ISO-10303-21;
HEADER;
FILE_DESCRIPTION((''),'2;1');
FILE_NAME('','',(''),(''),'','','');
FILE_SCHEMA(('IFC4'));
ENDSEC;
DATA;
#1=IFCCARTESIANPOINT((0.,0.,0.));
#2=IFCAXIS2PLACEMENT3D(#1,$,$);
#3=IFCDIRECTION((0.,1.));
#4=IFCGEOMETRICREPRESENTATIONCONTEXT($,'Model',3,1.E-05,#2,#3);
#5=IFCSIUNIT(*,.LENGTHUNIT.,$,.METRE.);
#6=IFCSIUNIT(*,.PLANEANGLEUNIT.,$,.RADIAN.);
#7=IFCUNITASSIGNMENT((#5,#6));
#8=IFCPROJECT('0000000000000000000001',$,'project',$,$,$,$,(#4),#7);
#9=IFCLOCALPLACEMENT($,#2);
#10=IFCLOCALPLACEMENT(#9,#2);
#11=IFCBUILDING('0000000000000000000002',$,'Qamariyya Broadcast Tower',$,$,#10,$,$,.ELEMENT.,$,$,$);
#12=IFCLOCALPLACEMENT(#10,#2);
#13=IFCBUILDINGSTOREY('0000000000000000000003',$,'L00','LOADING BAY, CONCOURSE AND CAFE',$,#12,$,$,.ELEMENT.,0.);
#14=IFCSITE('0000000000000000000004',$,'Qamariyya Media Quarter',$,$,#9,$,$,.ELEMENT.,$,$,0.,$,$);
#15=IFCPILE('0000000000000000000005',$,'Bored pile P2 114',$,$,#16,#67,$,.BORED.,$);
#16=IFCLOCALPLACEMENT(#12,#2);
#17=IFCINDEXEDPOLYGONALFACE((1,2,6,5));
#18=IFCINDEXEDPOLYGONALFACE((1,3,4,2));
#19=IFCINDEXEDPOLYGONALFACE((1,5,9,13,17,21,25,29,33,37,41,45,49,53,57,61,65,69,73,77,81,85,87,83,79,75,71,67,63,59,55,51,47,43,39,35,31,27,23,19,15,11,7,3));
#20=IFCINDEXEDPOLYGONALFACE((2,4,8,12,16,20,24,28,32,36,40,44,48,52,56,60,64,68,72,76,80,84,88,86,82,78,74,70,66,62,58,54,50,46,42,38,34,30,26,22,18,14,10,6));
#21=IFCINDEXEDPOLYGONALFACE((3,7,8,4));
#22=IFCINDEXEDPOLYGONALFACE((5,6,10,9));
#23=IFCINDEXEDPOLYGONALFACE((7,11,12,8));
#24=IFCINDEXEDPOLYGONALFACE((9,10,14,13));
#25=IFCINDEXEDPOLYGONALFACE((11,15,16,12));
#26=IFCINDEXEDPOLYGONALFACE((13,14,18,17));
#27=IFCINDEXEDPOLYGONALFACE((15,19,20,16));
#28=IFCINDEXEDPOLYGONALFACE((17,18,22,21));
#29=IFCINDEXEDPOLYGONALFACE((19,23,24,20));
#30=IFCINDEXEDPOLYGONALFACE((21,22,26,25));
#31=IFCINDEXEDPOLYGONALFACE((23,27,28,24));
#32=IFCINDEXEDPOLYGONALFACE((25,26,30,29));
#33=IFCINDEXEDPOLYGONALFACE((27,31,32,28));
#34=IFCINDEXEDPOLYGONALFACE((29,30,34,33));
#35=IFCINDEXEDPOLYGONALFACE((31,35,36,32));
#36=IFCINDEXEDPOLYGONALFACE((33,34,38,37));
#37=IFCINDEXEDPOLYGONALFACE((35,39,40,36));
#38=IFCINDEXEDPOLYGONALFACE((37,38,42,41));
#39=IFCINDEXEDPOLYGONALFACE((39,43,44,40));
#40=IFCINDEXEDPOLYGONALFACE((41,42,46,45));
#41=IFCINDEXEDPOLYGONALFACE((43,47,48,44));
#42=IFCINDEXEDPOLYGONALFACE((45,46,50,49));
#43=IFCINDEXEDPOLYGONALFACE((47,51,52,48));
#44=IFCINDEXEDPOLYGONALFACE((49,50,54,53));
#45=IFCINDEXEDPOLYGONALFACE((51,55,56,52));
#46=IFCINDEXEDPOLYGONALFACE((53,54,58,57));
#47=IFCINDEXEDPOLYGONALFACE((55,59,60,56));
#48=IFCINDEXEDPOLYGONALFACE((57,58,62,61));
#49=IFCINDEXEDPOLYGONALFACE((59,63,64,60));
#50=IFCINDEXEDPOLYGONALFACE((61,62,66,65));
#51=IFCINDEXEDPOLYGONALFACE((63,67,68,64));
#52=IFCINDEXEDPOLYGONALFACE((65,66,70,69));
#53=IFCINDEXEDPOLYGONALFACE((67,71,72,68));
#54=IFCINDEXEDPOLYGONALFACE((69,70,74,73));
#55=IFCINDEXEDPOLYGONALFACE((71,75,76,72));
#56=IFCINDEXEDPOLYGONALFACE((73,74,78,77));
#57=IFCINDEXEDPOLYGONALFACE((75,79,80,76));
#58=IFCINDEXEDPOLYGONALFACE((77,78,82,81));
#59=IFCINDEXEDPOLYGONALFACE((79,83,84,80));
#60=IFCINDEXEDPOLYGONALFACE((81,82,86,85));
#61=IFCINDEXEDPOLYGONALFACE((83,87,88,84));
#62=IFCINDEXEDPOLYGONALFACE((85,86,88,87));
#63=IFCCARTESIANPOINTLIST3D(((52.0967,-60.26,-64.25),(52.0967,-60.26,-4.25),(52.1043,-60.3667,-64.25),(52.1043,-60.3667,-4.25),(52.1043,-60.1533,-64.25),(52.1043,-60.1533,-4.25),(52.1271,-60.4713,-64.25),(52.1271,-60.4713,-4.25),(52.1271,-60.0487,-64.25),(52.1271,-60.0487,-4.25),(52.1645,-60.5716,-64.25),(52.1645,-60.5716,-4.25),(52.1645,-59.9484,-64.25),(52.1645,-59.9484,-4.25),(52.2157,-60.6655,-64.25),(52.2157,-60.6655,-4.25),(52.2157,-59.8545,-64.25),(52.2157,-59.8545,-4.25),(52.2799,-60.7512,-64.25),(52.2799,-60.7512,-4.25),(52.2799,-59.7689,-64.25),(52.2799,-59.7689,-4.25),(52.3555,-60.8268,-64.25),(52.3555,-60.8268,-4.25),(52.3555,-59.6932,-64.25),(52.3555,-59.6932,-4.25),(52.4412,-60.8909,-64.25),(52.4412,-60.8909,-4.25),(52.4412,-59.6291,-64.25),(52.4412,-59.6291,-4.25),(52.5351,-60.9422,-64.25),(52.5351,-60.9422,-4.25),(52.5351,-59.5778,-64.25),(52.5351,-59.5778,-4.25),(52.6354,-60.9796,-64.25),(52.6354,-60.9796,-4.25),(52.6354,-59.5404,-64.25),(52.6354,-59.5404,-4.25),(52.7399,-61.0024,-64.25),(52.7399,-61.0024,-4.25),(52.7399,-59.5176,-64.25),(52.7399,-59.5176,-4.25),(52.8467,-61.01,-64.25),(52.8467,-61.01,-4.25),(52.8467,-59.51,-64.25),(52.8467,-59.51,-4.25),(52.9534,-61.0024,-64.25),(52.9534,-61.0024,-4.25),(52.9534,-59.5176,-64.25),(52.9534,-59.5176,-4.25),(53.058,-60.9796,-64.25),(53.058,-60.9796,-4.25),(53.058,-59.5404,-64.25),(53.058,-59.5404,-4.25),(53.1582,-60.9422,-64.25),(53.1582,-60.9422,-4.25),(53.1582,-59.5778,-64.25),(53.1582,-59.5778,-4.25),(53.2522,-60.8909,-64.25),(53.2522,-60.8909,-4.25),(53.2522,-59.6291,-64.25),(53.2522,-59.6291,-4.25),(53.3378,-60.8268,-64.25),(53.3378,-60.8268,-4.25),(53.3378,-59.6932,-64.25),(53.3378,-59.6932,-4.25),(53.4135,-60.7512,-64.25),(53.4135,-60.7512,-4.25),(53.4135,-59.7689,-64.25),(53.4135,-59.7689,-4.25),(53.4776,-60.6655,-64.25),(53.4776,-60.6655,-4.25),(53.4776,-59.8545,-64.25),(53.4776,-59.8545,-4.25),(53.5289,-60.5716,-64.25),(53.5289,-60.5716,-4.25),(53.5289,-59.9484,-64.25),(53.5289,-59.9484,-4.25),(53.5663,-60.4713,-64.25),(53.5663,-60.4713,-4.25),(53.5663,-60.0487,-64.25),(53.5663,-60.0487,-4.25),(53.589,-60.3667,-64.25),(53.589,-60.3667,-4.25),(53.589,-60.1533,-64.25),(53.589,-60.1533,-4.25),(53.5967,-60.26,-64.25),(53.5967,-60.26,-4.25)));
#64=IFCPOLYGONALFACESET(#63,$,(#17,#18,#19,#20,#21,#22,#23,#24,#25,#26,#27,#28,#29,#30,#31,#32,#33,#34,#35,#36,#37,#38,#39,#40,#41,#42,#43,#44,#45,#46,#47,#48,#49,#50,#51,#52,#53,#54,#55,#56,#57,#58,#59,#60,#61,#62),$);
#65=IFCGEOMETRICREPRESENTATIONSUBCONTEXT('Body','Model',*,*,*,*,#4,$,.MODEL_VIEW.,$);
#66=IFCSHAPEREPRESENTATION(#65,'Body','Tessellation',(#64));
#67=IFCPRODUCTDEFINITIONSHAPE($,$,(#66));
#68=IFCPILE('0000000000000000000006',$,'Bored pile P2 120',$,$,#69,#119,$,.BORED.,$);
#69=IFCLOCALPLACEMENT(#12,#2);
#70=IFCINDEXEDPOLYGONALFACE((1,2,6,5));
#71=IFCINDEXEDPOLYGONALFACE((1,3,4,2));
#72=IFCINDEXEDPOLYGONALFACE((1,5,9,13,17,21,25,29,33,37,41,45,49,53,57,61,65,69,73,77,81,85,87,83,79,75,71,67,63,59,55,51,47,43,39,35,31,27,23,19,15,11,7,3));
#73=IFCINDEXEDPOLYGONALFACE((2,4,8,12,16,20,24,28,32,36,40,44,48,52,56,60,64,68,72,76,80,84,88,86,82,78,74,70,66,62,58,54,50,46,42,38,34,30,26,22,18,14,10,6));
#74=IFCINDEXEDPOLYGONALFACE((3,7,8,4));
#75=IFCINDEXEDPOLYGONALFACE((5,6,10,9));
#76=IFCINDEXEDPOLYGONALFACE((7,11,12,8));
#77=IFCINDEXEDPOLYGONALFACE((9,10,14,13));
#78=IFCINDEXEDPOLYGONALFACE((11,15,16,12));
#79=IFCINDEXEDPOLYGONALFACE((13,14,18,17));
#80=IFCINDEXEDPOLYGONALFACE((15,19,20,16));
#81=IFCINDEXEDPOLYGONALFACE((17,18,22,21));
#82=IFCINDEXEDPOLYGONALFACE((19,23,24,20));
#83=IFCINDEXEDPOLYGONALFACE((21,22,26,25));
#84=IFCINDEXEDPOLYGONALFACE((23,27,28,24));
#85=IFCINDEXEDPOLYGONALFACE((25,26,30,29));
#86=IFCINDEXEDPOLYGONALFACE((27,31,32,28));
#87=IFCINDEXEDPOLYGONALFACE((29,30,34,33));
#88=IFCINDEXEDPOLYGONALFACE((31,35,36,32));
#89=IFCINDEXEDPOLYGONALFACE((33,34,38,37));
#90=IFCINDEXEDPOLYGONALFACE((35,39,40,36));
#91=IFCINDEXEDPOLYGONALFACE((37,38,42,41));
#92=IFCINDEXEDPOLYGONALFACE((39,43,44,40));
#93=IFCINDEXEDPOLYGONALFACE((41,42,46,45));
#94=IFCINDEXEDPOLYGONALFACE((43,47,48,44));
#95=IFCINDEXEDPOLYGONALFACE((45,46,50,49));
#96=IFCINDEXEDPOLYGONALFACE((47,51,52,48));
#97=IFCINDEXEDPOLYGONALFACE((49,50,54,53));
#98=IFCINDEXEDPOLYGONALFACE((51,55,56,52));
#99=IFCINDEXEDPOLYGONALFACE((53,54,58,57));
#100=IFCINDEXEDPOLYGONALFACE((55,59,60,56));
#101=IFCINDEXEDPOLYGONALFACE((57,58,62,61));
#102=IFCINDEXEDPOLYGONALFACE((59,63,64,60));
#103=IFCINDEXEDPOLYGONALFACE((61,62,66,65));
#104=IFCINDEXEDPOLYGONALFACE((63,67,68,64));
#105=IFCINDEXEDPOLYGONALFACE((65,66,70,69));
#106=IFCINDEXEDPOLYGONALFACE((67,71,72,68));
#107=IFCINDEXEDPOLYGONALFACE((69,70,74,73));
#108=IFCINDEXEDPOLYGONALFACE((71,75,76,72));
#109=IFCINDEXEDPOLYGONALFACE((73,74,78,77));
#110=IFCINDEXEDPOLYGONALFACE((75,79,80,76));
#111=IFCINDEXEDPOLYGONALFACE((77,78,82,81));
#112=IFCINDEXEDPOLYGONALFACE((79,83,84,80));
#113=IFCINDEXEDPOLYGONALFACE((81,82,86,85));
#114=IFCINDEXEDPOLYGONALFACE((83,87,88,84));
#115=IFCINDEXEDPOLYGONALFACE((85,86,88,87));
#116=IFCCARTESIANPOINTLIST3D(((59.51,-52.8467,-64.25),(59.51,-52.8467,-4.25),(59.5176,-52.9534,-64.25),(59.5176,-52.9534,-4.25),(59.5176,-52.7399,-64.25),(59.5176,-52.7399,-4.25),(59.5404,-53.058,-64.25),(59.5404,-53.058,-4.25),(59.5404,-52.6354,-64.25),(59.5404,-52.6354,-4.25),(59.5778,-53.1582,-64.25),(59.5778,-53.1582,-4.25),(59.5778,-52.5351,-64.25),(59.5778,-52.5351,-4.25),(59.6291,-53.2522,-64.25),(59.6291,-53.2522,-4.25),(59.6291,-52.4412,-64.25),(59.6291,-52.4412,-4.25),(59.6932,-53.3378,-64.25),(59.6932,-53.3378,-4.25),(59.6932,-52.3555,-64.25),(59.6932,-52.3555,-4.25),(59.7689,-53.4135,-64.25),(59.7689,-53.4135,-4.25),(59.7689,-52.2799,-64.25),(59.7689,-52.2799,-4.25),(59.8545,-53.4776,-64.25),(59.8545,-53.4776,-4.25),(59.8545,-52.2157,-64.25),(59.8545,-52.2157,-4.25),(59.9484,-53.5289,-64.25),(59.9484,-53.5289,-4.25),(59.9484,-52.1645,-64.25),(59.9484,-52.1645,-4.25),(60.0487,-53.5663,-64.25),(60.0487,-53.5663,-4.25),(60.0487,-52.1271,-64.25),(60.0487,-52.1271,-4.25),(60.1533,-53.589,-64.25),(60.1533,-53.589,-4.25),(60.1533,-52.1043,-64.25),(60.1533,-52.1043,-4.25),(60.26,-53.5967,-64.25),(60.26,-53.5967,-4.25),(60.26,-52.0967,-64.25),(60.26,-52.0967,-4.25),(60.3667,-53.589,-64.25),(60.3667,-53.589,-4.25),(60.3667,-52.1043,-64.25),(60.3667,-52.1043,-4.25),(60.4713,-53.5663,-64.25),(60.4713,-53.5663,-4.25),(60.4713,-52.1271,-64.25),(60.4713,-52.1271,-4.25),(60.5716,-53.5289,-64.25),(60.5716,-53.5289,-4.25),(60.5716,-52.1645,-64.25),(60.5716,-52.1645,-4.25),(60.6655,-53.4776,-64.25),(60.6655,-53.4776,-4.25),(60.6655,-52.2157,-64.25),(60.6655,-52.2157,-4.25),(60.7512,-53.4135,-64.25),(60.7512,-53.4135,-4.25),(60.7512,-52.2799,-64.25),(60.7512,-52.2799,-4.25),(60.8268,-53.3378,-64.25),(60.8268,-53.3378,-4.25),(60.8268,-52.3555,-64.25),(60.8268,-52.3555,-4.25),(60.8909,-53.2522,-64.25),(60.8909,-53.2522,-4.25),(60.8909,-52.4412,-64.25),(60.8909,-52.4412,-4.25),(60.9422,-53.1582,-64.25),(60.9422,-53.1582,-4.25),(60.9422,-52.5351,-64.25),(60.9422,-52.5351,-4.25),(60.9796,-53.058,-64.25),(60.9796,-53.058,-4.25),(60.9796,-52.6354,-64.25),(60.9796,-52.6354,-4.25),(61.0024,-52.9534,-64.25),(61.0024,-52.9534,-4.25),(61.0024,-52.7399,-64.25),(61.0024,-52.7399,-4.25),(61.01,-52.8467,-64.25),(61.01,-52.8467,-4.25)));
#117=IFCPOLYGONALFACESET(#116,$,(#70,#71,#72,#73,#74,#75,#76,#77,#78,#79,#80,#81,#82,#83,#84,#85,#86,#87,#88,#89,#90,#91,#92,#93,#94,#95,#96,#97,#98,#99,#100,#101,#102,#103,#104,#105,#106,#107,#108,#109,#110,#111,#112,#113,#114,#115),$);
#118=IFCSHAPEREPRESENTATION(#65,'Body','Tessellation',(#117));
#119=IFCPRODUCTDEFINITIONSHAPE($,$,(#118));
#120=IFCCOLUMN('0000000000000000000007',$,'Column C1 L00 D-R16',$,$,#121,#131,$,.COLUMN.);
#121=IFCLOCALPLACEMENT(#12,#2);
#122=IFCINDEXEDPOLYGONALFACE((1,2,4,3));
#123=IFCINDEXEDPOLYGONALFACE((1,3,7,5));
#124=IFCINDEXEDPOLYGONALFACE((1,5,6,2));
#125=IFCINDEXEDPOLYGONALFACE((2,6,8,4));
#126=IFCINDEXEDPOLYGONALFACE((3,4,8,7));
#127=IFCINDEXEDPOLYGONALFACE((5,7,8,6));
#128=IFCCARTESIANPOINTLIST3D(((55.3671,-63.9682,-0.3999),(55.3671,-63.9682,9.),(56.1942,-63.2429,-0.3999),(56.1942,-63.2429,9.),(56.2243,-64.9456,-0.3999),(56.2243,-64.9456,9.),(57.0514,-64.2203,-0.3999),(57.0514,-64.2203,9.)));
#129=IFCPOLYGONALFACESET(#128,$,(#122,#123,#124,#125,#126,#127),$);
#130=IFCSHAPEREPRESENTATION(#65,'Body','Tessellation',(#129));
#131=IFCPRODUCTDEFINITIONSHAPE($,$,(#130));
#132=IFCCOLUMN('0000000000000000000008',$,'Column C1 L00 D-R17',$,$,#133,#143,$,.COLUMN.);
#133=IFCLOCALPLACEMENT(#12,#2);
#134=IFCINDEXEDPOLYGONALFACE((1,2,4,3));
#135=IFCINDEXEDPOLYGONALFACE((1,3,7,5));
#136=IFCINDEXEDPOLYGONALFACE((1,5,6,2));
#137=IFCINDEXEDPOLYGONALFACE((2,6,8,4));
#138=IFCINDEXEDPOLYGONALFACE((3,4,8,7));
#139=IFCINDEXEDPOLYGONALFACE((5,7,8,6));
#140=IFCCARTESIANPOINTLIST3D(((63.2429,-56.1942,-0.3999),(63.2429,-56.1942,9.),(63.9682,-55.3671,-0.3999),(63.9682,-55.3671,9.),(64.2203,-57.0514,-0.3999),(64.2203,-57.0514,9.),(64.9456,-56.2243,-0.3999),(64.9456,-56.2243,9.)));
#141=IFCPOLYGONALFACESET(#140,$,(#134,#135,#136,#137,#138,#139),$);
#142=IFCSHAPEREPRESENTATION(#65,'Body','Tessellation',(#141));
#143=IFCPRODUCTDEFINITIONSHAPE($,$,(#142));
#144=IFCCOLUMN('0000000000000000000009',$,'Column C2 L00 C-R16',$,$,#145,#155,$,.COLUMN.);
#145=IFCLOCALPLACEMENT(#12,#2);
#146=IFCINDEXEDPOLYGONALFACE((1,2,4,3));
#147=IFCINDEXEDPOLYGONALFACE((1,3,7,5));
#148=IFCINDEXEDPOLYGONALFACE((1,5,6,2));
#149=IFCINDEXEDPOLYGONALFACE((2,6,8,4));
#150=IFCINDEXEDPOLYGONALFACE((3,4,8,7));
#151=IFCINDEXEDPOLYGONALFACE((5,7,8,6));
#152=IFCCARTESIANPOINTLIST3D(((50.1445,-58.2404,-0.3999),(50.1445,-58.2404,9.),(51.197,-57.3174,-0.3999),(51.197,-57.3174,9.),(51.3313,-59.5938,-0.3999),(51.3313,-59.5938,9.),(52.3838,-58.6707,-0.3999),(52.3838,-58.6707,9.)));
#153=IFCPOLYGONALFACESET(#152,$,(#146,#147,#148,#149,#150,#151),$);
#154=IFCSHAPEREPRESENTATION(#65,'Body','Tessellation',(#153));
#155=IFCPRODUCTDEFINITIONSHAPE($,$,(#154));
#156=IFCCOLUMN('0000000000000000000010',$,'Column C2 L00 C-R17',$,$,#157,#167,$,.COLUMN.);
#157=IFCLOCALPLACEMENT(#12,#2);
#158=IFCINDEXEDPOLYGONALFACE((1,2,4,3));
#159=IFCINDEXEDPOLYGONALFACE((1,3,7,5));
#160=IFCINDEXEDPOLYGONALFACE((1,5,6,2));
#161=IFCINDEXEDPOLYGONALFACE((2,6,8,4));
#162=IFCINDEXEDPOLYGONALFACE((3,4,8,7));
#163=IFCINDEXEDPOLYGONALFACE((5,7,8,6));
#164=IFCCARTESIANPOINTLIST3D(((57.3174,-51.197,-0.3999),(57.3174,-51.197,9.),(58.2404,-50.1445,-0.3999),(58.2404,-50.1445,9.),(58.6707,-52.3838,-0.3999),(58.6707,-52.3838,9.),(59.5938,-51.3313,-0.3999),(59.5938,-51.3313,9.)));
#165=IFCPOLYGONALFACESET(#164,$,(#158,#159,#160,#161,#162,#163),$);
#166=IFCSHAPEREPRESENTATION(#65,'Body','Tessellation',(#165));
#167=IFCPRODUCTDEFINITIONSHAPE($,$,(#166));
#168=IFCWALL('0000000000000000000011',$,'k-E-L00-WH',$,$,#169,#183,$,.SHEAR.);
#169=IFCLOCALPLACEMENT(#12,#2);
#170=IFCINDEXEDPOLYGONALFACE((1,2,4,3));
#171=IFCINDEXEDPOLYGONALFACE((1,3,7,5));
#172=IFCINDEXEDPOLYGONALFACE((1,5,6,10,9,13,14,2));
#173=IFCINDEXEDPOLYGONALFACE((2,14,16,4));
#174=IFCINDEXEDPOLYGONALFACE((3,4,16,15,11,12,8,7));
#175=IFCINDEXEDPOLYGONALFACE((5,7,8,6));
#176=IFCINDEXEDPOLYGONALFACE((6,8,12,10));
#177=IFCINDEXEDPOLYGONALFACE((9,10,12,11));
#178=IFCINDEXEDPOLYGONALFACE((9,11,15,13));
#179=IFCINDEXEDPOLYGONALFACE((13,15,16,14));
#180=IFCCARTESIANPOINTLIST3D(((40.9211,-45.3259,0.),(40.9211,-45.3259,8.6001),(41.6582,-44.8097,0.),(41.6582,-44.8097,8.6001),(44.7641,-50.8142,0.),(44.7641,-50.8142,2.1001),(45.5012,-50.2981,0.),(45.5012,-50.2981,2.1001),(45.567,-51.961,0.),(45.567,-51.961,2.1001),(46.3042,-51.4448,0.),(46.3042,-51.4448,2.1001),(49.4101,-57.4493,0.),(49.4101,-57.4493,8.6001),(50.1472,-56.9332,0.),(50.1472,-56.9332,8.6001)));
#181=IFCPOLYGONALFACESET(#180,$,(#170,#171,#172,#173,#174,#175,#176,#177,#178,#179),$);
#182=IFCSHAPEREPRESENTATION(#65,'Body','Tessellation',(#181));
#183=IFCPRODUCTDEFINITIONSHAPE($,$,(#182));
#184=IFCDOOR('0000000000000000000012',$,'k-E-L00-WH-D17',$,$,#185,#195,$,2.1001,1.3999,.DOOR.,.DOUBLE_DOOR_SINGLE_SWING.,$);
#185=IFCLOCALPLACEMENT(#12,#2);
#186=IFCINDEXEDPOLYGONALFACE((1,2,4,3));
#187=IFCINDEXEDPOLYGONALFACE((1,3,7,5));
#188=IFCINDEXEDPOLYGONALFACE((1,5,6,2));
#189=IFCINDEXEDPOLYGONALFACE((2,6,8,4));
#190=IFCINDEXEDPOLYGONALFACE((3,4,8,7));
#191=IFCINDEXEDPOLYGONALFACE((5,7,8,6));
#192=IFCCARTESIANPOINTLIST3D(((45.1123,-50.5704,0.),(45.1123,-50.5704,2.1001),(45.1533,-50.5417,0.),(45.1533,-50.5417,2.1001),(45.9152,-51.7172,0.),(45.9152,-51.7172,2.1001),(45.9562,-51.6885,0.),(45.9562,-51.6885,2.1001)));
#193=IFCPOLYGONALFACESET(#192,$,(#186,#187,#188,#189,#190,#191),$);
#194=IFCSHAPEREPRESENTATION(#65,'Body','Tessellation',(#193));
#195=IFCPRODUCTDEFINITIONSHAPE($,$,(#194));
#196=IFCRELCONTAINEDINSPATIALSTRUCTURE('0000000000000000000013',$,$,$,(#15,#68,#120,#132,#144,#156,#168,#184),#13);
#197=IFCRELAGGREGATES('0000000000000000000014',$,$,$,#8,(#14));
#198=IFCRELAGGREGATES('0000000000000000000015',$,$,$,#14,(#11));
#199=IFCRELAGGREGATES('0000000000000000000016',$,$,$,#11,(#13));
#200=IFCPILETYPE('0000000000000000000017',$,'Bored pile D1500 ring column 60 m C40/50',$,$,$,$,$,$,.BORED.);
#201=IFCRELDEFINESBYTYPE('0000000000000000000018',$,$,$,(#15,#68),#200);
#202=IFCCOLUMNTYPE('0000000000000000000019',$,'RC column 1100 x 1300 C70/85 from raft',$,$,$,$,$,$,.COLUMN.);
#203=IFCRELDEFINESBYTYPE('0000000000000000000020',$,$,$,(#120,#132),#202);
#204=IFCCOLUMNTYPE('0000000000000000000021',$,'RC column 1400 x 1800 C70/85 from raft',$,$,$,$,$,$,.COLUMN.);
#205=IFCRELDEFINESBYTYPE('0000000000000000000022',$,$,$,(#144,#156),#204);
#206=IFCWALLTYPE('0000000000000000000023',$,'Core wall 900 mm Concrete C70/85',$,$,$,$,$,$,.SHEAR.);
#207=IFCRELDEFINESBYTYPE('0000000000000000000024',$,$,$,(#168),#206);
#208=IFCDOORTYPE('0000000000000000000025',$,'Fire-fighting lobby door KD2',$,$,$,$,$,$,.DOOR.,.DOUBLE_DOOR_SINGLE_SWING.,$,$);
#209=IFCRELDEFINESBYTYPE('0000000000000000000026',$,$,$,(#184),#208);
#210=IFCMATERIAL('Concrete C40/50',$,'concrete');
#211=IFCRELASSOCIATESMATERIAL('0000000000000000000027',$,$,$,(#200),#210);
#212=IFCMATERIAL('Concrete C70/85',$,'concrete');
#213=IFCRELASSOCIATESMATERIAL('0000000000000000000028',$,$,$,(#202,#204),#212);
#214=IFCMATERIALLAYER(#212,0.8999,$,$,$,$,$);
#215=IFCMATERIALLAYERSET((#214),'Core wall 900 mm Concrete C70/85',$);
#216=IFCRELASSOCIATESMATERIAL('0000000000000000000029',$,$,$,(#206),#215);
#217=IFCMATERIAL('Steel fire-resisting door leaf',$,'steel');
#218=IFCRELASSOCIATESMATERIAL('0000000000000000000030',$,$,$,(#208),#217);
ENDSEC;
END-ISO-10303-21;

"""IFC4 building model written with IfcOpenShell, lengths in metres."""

from ifc_helpers import new_model, si_unit, direction, frame, frame_2d, origin, origin_2d, place, context, subcontext, project, spatial, rectangle, circle, extrude, material, layer, layer_set, material_profile, profile_set, type_object, element, fill, save


model = new_model("IFC4")

# Units and contexts
model_context = context("Model", 3, precision=1e-05, world=origin(), true_north=direction((0.0, 1.0)))
body_context = subcontext(model_context, "Body", "Model", "MODEL_VIEW")
ifc_project = project(units=[si_unit("LENGTHUNIT", "METRE"), si_unit("PLANEANGLEUNIT", "RADIAN")], contexts=[model_context])

# Site, building, storey
site_placement = place(None, origin())
site = spatial("IfcSite", under=ifc_project, at=site_placement, Name="Qamariyya Media Quarter", CompositionType="ELEMENT", RefElevation=0.0)
building_placement = place(site_placement, origin())
building = spatial("IfcBuilding", under=site, at=building_placement, Name="Qamariyya Broadcast Tower", CompositionType="ELEMENT")
storey_placement = place(building_placement, origin())
storey = spatial("IfcBuildingStorey", under=building, at=storey_placement, Name="L00", Description="LOADING BAY, CONCOURSE AND CAFE", CompositionType="ELEMENT", Elevation=0.0)

# Piles
ifc_material_1 = material(Name="Concrete C40/50", Category="concrete")
ifc_material_profile_1 = material_profile(ifc_material_1, circle(Radius=0.75, at=origin_2d()))
ifc_profile_set_1 = profile_set([ifc_material_profile_1], Name="Concrete C40/50")
pile_type_1 = type_object("IfcPileType", Name="Bored pile D1500 ring column 60 m C40/50", PredefinedType="BORED", material=ifc_profile_set_1)
for number, where, z_axis, x_axis, name in (
    (1, (52.8467, -60.26, -4.25), (0.0, 0.0, -1.0), (1.0, 0.0, 0.0), "Bored pile P2 114"),
    (2, (60.26, -52.8467, -4.25), (0.0, 0.0, -1.0), (1.0, 0.0, 0.0), "Bored pile P2 120"),
):
    element("IfcPile", number, at=place(storey_placement, frame(where, z_axis=z_axis, x_axis=x_axis)), inside=storey, type_object=pile_type_1, Name=name, PredefinedType="BORED", context=body_context, shape_type="SweptSolid", body=[
        extrude(circle(Radius=0.75, at=origin_2d()), origin(), (0.0, 0.0, 1.0), 60.0),
    ])

# Columns
ifc_material_2 = material(Name="Concrete C70/85", Category="concrete")
ifc_material_profile_2 = material_profile(ifc_material_2, rectangle(XDim=1.1001, YDim=1.3, at=origin_2d()))
ifc_profile_set_2 = profile_set([ifc_material_profile_2], Name="Concrete C70/85")
column_type_1 = type_object("IfcColumnType", Name="RC column 1100 x 1300 C70/85 from raft", PredefinedType="COLUMN", material=ifc_profile_set_2)
for number, where, z_axis, x_axis, name in (
    (3, (56.2092, -64.0942, -0.3999), (0.0, 0.0, 1.0), (0.75184, 0.659346, 0.0), "Column C1 L00 D-R16"),
    (4, (64.0942, -56.2092, -0.3999), (0.0, 0.0, 1.0), (0.659346, 0.75184, 0.0), "Column C1 L00 D-R17"),
):
    element("IfcColumn", number, at=place(storey_placement, frame(where, z_axis=z_axis, x_axis=x_axis)), inside=storey, type_object=column_type_1, Name=name, PredefinedType="COLUMN", context=body_context, shape_type="SweptSolid", body=[
        extrude(rectangle(XDim=1.1001, YDim=1.3, at=origin_2d()), origin(), (0.0, 0.0, 1.0), 9.3999),
    ])
ifc_material_profile_3 = material_profile(ifc_material_2, rectangle(XDim=1.3999, YDim=1.8, at=origin_2d()))
ifc_profile_set_3 = profile_set([ifc_material_profile_3], Name="Concrete C70/85")
column_type_2 = type_object("IfcColumnType", Name="RC column 1400 x 1800 C70/85 from raft", PredefinedType="COLUMN", material=ifc_profile_set_3)
for number, where, z_axis, x_axis, name in (
    (5, (51.2642, -58.4556, -0.3999), (0.0, 0.0, 1.0), (0.75184, 0.659346, 0.0), "Column C2 L00 C-R16"),
    (6, (58.4556, -51.2642, -0.3999), (0.0, 0.0, 1.0), (0.659346, 0.75184, 0.0), "Column C2 L00 C-R17"),
):
    element("IfcColumn", number, at=place(storey_placement, frame(where, z_axis=z_axis, x_axis=x_axis)), inside=storey, type_object=column_type_2, Name=name, PredefinedType="COLUMN", context=body_context, shape_type="SweptSolid", body=[
        extrude(rectangle(XDim=1.3999, YDim=1.8, at=origin_2d()), origin(), (0.0, 0.0, 1.0), 9.3999),
    ])

# Wall, opening, door
ifc_layer_1 = layer(ifc_material_2, 0.8999)
ifc_layer_set_1 = layer_set([ifc_layer_1], Name="Core wall 900 mm Concrete C70/85")
wall_type_1 = type_object("IfcWallType", Name="Core wall 900 mm Concrete C70/85", PredefinedType="SHEAR", material=ifc_layer_set_1)
wall_1_placement = place(storey_placement, frame((49.7786, -57.1912, 0.0), z_axis=(0.0, 0.0, 1.0), x_axis=(-0.573577, 0.819151, 0.0)))
wall_1 = element("IfcWall", 7, at=wall_1_placement, inside=storey, type_object=wall_type_1, Name="k-E-L00-WH", PredefinedType="SHEAR", context=body_context, shape_type="SweptSolid", body=[
    extrude(rectangle(XDim=14.8, YDim=0.8999, at=frame_2d((7.3999, 0.0))), origin(), (0.0, 0.0, 1.0), 8.6001),
])
opening_1_placement = place(wall_1_placement, frame((6.7, 0.0, 0.0)))
opening_1 = element("IfcOpeningElement", 8, at=opening_1_placement, cuts=wall_1, PredefinedType="OPENING", context=body_context, shape_type="SweptSolid", body=[
    extrude(rectangle(XDim=1.3999, YDim=2.1001, at=frame_2d((0.7, 1.05))), frame((0.0, 0.46, 0.0), z_axis=(0.0, -1.0, 0.0), x_axis=(1.0, 0.0, 0.0)), (0.0, 0.0, 1.0), 0.9199),
])
ifc_material_3 = material(Name="Steel fire-resisting door leaf", Category="steel")
door_type_1 = type_object("IfcDoorType", Name="Fire-fighting lobby door KD2", OperationType="DOUBLE_DOOR_SINGLE_SWING", PredefinedType="DOOR", material=ifc_material_3)
door_1_placement = place(opening_1_placement, origin())
door_1 = element("IfcDoor", 9, at=door_1_placement, inside=storey, type_object=door_type_1, Name="k-E-L00-WH-D17", OperationType="DOUBLE_DOOR_SINGLE_SWING", OverallHeight=2.1001, OverallWidth=1.3999, PredefinedType="DOOR", context=body_context, shape_type="SweptSolid", body=[
    extrude(rectangle(XDim=1.3999, YDim=2.1001, at=frame_2d((0.7, 1.05))), frame((0.0, 0.0249, 0.0), z_axis=(0.0, -1.0, 0.0), x_axis=(1.0, 0.0, 0.0)), (0.0, 0.0, 1.0), 0.05),
])
fill(opening_1, door_1)

save(model, "model.ifc")
